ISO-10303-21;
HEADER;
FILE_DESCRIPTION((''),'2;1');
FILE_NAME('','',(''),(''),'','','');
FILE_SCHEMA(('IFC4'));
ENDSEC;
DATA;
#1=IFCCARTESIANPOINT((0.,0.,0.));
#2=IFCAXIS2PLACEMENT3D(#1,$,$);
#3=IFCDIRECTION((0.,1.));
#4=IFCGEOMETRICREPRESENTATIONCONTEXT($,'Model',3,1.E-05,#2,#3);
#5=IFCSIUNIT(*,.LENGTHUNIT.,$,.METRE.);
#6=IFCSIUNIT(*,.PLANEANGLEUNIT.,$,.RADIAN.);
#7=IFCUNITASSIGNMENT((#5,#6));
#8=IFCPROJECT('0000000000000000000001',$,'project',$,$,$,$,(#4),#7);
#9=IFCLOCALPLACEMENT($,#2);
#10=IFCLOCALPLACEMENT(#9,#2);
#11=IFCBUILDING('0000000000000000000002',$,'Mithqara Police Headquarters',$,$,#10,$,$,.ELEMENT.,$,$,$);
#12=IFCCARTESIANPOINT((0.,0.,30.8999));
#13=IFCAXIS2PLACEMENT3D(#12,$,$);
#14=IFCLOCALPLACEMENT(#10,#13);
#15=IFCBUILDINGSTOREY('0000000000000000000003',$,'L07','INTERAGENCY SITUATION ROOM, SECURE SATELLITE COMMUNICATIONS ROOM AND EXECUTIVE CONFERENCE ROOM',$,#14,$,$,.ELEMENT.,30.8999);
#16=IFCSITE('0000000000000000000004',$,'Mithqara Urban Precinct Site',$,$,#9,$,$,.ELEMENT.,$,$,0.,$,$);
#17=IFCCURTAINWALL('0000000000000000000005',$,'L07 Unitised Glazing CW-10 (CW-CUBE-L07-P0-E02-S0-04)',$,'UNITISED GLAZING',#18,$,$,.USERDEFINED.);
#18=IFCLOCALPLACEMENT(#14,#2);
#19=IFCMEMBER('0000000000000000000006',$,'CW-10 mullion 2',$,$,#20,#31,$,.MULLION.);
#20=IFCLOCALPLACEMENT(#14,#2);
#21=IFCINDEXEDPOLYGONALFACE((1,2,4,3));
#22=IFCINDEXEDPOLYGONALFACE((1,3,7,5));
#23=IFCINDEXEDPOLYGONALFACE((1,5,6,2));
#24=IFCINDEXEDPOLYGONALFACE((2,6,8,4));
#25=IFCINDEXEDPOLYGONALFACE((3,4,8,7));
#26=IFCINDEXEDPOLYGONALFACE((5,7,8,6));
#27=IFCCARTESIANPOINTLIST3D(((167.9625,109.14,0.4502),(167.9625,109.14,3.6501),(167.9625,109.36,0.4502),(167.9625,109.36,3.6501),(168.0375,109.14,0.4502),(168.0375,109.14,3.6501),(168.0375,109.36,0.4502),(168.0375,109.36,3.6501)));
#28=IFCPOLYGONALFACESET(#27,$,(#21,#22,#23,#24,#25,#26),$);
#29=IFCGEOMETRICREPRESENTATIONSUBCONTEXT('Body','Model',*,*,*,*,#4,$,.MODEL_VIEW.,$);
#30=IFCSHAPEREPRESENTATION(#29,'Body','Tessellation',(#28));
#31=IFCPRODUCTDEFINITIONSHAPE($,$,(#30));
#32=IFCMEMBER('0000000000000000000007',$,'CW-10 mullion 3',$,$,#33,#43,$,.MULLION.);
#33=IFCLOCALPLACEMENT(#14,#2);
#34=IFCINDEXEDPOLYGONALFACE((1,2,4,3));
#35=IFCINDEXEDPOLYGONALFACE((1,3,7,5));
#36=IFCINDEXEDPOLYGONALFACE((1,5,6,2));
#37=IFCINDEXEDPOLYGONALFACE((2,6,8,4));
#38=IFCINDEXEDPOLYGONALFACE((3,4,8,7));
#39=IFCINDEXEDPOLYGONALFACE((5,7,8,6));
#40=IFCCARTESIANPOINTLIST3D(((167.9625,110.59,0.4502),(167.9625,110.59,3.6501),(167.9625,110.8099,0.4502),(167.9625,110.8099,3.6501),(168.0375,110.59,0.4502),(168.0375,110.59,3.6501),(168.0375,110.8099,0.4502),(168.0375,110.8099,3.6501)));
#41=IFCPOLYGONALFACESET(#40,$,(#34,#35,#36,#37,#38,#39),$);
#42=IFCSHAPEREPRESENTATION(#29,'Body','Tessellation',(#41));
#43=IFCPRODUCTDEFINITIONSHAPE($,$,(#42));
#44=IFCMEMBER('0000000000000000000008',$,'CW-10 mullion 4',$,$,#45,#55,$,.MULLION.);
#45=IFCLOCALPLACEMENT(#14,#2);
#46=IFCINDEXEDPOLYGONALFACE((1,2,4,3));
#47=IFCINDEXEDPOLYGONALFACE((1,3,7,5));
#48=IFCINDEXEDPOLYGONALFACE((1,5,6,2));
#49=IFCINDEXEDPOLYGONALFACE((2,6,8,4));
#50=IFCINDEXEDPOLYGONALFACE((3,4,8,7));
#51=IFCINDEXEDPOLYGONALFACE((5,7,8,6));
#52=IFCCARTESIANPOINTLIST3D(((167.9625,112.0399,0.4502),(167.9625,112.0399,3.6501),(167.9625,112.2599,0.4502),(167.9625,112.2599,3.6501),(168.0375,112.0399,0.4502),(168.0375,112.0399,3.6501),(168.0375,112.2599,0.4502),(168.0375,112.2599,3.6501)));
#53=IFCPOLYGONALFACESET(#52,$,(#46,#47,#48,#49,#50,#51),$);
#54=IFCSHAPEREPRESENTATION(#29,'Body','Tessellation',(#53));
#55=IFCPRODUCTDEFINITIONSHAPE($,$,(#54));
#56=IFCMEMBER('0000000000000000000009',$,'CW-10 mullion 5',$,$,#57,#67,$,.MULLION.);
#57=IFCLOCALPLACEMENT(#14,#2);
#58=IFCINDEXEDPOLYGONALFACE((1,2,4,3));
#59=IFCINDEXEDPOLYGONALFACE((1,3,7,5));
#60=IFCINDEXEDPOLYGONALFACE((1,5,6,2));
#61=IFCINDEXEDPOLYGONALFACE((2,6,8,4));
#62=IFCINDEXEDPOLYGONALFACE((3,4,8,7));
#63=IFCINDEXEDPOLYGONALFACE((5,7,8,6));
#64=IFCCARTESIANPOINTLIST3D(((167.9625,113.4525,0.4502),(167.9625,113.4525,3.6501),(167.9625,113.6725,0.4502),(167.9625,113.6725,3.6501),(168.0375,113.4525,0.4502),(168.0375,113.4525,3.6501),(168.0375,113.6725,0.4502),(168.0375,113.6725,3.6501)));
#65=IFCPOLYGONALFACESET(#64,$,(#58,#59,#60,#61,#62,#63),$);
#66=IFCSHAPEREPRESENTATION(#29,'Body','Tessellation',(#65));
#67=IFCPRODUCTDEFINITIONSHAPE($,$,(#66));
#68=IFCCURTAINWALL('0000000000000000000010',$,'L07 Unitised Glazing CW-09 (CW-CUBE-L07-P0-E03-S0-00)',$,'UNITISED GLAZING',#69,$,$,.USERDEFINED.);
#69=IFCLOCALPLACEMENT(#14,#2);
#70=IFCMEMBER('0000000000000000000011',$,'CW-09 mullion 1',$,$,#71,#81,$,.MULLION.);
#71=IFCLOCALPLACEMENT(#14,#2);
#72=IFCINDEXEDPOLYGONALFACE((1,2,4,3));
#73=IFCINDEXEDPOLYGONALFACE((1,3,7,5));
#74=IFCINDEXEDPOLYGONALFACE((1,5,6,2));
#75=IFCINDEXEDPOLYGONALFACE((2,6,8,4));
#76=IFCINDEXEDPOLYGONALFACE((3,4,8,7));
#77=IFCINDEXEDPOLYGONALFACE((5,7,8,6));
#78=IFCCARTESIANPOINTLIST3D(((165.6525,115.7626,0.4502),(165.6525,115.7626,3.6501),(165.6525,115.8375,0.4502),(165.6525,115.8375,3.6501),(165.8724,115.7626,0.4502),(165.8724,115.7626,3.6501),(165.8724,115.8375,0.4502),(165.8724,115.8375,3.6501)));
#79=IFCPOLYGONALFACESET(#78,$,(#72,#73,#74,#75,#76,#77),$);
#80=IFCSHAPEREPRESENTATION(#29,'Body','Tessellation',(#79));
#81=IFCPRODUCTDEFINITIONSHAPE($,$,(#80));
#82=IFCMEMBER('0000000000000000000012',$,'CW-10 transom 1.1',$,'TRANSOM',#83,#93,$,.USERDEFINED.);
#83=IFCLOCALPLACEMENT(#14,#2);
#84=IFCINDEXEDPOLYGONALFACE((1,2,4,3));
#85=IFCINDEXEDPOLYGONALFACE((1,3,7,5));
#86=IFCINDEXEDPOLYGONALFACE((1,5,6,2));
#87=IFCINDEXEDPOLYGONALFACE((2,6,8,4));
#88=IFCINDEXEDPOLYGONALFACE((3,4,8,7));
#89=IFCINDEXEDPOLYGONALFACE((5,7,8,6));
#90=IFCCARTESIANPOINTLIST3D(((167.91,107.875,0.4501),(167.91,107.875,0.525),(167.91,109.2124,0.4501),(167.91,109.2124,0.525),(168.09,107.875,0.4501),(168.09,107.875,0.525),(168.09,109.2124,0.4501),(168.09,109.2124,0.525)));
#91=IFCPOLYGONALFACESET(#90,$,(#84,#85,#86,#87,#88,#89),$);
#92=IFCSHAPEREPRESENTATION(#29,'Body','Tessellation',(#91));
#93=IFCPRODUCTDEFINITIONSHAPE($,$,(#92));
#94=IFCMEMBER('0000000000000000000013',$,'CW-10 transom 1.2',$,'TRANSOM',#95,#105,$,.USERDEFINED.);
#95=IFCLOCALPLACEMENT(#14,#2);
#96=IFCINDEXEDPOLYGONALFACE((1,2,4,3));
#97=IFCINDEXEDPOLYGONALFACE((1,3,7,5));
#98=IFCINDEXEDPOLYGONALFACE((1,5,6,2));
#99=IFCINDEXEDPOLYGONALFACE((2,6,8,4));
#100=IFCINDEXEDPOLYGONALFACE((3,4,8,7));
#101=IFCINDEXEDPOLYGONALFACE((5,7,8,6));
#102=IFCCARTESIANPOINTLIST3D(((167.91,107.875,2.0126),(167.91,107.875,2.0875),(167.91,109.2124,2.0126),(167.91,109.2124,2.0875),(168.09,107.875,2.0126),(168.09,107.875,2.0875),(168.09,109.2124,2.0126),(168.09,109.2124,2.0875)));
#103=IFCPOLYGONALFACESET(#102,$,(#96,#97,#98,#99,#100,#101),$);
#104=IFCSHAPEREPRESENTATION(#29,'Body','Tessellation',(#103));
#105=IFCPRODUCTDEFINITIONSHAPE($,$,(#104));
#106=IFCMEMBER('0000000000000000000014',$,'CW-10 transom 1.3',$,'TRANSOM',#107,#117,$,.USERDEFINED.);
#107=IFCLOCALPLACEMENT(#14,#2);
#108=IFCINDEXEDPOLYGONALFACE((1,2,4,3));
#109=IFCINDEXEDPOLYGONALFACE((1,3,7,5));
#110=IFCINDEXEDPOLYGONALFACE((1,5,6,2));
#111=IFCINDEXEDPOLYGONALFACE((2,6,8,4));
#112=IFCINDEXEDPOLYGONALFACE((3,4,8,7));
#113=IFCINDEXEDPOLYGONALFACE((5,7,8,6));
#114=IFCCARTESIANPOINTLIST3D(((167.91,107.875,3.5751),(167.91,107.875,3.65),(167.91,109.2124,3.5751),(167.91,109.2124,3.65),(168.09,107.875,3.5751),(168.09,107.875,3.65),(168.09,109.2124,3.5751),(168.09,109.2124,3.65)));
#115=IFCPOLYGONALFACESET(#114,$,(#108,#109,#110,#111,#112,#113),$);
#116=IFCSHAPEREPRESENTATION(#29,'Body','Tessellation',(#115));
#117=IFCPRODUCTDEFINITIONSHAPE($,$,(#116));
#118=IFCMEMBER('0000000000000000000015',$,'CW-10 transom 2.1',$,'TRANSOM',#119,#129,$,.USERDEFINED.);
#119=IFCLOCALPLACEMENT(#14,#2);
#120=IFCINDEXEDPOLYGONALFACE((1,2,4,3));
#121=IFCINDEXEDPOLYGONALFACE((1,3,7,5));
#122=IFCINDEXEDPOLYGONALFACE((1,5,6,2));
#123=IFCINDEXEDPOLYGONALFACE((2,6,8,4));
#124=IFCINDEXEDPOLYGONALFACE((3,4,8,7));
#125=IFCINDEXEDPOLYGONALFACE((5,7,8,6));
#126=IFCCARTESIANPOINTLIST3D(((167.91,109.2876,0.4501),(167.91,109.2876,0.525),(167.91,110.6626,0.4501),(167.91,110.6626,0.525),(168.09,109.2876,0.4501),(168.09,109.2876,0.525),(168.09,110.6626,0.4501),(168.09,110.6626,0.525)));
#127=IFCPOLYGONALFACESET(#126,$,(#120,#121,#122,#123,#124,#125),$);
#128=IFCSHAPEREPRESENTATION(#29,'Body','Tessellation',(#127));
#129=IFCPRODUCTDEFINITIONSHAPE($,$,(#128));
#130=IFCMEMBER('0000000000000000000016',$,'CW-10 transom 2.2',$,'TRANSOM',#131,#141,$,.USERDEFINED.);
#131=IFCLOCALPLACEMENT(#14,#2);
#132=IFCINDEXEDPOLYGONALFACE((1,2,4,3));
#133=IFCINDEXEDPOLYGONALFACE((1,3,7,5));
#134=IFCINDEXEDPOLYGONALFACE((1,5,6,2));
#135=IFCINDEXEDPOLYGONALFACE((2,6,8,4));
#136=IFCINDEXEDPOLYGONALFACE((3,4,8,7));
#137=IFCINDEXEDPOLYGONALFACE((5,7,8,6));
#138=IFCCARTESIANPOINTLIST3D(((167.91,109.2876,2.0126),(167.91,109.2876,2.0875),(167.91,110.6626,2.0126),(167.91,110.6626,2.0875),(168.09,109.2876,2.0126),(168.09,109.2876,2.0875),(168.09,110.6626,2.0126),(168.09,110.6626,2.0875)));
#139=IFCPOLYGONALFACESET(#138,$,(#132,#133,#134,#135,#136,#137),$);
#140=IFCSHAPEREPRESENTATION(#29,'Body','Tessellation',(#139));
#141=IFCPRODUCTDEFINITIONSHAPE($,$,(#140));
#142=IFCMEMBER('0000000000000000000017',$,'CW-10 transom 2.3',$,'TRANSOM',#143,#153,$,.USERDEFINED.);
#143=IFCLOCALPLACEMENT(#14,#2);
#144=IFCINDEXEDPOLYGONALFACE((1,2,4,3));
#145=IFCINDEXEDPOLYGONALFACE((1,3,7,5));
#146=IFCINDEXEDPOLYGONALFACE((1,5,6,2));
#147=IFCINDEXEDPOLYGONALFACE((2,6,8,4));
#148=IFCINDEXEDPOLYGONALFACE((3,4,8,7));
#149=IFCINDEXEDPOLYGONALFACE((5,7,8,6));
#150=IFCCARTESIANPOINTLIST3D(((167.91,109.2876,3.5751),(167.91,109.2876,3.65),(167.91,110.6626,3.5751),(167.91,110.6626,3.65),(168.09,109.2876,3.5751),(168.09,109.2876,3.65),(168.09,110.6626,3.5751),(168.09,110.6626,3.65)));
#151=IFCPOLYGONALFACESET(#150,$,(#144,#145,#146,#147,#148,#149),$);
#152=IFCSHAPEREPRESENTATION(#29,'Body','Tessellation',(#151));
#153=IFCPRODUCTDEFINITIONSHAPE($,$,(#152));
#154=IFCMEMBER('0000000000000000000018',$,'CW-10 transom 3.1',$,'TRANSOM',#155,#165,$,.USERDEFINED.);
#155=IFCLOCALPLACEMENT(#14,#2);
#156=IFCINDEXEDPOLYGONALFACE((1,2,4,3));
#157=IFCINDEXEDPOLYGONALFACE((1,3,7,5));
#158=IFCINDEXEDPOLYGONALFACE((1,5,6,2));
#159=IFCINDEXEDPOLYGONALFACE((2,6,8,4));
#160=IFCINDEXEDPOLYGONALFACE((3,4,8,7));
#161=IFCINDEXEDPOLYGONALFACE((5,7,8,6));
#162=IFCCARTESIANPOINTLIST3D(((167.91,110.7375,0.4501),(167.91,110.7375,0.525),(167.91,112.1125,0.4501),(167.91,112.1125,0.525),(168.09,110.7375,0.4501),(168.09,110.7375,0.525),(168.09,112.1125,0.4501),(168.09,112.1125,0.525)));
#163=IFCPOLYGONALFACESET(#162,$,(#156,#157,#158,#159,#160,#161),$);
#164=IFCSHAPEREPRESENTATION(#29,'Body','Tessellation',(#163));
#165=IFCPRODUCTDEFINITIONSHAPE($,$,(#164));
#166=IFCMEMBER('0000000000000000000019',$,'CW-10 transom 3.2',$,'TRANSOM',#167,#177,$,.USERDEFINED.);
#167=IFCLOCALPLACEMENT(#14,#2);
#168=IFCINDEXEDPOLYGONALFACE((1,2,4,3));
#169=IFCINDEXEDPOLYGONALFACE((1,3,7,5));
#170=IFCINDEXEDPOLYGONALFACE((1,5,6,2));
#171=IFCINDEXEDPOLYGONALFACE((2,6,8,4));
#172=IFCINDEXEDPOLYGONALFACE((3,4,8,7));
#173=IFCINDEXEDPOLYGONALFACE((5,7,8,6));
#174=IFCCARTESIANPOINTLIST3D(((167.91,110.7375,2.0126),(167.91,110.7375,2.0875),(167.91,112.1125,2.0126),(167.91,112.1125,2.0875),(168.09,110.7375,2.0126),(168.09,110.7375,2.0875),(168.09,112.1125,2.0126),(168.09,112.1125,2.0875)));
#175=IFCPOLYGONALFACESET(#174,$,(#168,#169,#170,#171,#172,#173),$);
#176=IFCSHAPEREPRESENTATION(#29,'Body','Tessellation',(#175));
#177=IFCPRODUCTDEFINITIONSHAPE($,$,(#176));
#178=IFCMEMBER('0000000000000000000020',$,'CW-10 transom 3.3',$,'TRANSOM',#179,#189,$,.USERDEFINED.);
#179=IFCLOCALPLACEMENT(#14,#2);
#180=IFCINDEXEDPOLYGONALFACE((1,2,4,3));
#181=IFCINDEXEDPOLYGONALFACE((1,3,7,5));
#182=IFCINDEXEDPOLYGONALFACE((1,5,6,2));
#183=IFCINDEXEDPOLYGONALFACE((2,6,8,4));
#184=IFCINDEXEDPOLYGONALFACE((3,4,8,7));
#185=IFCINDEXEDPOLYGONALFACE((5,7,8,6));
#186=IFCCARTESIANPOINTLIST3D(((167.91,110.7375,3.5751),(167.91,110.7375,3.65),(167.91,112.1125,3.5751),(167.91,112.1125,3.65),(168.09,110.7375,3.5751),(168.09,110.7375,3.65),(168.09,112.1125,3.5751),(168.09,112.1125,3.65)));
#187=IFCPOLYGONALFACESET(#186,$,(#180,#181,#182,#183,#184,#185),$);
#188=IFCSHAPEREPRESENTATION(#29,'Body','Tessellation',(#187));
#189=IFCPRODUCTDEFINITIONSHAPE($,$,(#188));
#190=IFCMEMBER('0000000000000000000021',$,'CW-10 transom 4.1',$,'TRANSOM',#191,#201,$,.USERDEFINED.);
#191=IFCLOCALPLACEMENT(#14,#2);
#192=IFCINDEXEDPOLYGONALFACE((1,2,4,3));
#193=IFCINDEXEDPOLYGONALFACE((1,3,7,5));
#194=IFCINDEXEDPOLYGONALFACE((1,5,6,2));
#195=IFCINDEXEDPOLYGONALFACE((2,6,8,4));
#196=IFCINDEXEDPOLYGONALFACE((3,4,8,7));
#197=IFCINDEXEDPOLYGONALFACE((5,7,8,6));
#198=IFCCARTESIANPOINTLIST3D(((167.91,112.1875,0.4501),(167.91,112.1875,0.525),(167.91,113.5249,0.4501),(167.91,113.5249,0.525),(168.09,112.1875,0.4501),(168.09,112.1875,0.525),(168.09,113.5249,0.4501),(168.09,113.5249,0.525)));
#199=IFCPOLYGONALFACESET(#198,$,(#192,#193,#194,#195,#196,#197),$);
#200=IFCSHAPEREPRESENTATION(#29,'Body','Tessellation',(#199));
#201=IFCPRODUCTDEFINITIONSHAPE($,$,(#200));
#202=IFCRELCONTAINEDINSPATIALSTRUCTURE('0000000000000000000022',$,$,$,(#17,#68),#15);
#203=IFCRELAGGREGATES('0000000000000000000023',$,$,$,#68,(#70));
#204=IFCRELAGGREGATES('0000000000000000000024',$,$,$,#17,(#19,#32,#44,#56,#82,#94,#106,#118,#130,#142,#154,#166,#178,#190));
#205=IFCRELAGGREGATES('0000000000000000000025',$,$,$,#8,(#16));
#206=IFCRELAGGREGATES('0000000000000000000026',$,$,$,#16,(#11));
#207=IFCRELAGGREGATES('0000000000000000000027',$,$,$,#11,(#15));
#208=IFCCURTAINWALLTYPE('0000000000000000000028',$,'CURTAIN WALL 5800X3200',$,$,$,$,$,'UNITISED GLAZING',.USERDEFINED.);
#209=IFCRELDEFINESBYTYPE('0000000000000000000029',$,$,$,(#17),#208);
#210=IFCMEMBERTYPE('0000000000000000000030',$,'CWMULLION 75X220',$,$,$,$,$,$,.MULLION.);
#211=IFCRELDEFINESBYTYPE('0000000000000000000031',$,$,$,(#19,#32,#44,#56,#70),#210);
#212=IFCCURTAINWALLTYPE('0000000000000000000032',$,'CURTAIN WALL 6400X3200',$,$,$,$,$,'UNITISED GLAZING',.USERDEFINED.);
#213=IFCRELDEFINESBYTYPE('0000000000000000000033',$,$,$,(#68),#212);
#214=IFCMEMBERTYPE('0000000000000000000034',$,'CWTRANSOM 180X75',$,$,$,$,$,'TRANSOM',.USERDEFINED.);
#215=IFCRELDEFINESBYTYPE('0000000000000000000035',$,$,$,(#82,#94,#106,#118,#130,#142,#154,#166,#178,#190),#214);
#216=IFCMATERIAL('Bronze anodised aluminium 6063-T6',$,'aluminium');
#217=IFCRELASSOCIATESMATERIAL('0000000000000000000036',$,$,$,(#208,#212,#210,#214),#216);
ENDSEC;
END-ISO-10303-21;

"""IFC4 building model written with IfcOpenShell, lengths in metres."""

from ifc_helpers import new_model, si_unit, direction, frame, origin, origin_2d, place, context, subcontext, project, spatial, rectangle, extrude, material, material_profile, profile_set, type_object, element, aggregate, save


model = new_model("IFC4")

# Units and contexts
model_context = context("Model", 3, precision=1e-05, world=origin(), true_north=direction((0.0, 1.0)))
body_context = subcontext(model_context, "Body", "Model", "MODEL_VIEW")
ifc_project = project(units=[si_unit("LENGTHUNIT", "METRE"), si_unit("PLANEANGLEUNIT", "RADIAN")], contexts=[model_context])

# Site, building, storey
site_placement = place(None, origin())
site = spatial("IfcSite", under=ifc_project, at=site_placement, Name="Mithqara Urban Precinct Site", CompositionType="ELEMENT", RefElevation=0.0)
building_placement = place(site_placement, origin())
building = spatial("IfcBuilding", under=site, at=building_placement, Name="Mithqara Police Headquarters", CompositionType="ELEMENT")
storey_placement = place(building_placement, frame((0.0, 0.0, 30.8999)))
storey = spatial("IfcBuildingStorey", under=building, at=storey_placement, Name="L07", Description="INTERAGENCY SITUATION ROOM, SECURE SATELLITE COMMUNICATIONS ROOM AND EXECUTIVE CONFERENCE ROOM", CompositionType="ELEMENT", Elevation=30.8999)

# Curtain wall, members
ifc_material_1 = material(Name="Bronze anodised aluminium 6063-T6", Category="aluminium")
curtain_wall_type_1 = type_object("IfcCurtainWallType", Name="CURTAIN WALL 5800X3200", ElementType="UNITISED GLAZING", PredefinedType="USERDEFINED", material=ifc_material_1)
curtain_wall_1_placement = place(storey_placement, origin())
curtain_wall_1 = element("IfcCurtainWall", 1, at=curtain_wall_1_placement, inside=storey, type_object=curtain_wall_type_1, Name="L07 Unitised Glazing CW-10 (CW-CUBE-L07-P0-E02-S0-04)", ObjectType="UNITISED GLAZING", PredefinedType="USERDEFINED")
ifc_material_profile_1 = material_profile(ifc_material_1, rectangle(XDim=0.075, YDim=0.22, at=origin_2d()), Name="CWM 75x220")
ifc_profile_set_1 = profile_set([ifc_material_profile_1], Name="Bronze anodised aluminium 6063-T6")
member_type_1 = type_object("IfcMemberType", Name="CWMULLION 75X220", PredefinedType="MULLION", material=ifc_profile_set_1)
member_1_placement = place(storey_placement, frame((168.0, 109.25, 0.4502), z_axis=(0.0, 0.0, 1.0), x_axis=(-1.0, 0.0, 0.0)))
member_1 = element("IfcMember", 2, at=member_1_placement, type_object=member_type_1, Name="CW-10 mullion 2", PredefinedType="MULLION", context=body_context, shape_type="SweptSolid", body=[
    extrude(rectangle(XDim=0.075, YDim=0.22, at=origin_2d()), origin(), (0.0, 0.0, 1.0), 3.2),
])
member_2_placement = place(storey_placement, frame((168.0, 110.7, 0.4502), z_axis=(0.0, 0.0, 1.0), x_axis=(-1.0, 0.0, 0.0)))
member_2 = element("IfcMember", 3, at=member_2_placement, type_object=member_type_1, Name="CW-10 mullion 3", PredefinedType="MULLION", context=body_context, shape_type="SweptSolid", body=[
    extrude(rectangle(XDim=0.075, YDim=0.22, at=origin_2d()), origin(), (0.0, 0.0, 1.0), 3.2),
])
member_3_placement = place(storey_placement, frame((168.0, 112.1499, 0.4502), z_axis=(0.0, 0.0, 1.0), x_axis=(-1.0, 0.0, 0.0)))
member_3 = element("IfcMember", 4, at=member_3_placement, type_object=member_type_1, Name="CW-10 mullion 4", PredefinedType="MULLION", context=body_context, shape_type="SweptSolid", body=[
    extrude(rectangle(XDim=0.075, YDim=0.22, at=origin_2d()), origin(), (0.0, 0.0, 1.0), 3.2),
])
member_4_placement = place(storey_placement, frame((168.0, 113.5625, 0.4502), z_axis=(0.0, 0.0, 1.0), x_axis=(-1.0, 0.0, 0.0)))
member_4 = element("IfcMember", 5, at=member_4_placement, type_object=member_type_1, Name="CW-10 mullion 5", PredefinedType="MULLION", context=body_context, shape_type="SweptSolid", body=[
    extrude(rectangle(XDim=0.075, YDim=0.22, at=origin_2d()), origin(), (0.0, 0.0, 1.0), 3.2),
])

# Curtain wall, member
curtain_wall_type_2 = type_object("IfcCurtainWallType", Name="CURTAIN WALL 6400X3200", ElementType="UNITISED GLAZING", PredefinedType="USERDEFINED", material=ifc_material_1)
curtain_wall_2_placement = place(storey_placement, origin())
curtain_wall_2 = element("IfcCurtainWall", 6, at=curtain_wall_2_placement, inside=storey, type_object=curtain_wall_type_2, Name="L07 Unitised Glazing CW-09 (CW-CUBE-L07-P0-E03-S0-00)", ObjectType="UNITISED GLAZING", PredefinedType="USERDEFINED")
member_5_placement = place(storey_placement, frame((165.7625, 115.8, 0.4502), z_axis=(0.0, 0.0, 1.0), x_axis=(0.0, -1.0, 0.0)))
member_5 = element("IfcMember", 7, at=member_5_placement, type_object=member_type_1, Name="CW-09 mullion 1", PredefinedType="MULLION", context=body_context, shape_type="SweptSolid", body=[
    extrude(rectangle(XDim=0.075, YDim=0.22, at=origin_2d()), origin(), (0.0, 0.0, 1.0), 3.2),
])

# Members
ifc_material_profile_2 = material_profile(ifc_material_1, rectangle(XDim=0.1799, YDim=0.075, at=origin_2d()), Name="CWT 180x75")
ifc_profile_set_2 = profile_set([ifc_material_profile_2], Name="Bronze anodised aluminium 6063-T6")
member_type_2 = type_object("IfcMemberType", Name="CWTRANSOM 180X75", ElementType="TRANSOM", PredefinedType="USERDEFINED", material=ifc_profile_set_2)
member_6_placement = place(storey_placement, frame((168.0, 107.875, 0.4875), z_axis=(0.0, 1.0, 0.0), x_axis=(-1.0, 0.0, 0.0)))
member_6 = element("IfcMember", 8, at=member_6_placement, type_object=member_type_2, Name="CW-10 transom 1.1", ObjectType="TRANSOM", PredefinedType="USERDEFINED", context=body_context, shape_type="SweptSolid", body=[
    extrude(rectangle(XDim=0.1799, YDim=0.075, at=origin_2d()), origin(), (0.0, 0.0, 1.0), 1.3374),
])
member_7_placement = place(storey_placement, frame((168.0, 107.875, 2.05), z_axis=(0.0, 1.0, 0.0), x_axis=(-1.0, 0.0, 0.0)))
member_7 = element("IfcMember", 9, at=member_7_placement, type_object=member_type_2, Name="CW-10 transom 1.2", ObjectType="TRANSOM", PredefinedType="USERDEFINED", context=body_context, shape_type="SweptSolid", body=[
    extrude(rectangle(XDim=0.1799, YDim=0.075, at=origin_2d()), origin(), (0.0, 0.0, 1.0), 1.3374),
])
member_8_placement = place(storey_placement, frame((168.0, 107.875, 3.6125), z_axis=(0.0, 1.0, 0.0), x_axis=(-1.0, 0.0, 0.0)))
member_8 = element("IfcMember", 10, at=member_8_placement, type_object=member_type_2, Name="CW-10 transom 1.3", ObjectType="TRANSOM", PredefinedType="USERDEFINED", context=body_context, shape_type="SweptSolid", body=[
    extrude(rectangle(XDim=0.1799, YDim=0.075, at=origin_2d()), origin(), (0.0, 0.0, 1.0), 1.3374),
])
member_9_placement = place(storey_placement, frame((168.0, 109.2876, 0.4875), z_axis=(0.0, 1.0, 0.0), x_axis=(-1.0, 0.0, 0.0)))
member_9 = element("IfcMember", 11, at=member_9_placement, type_object=member_type_2, Name="CW-10 transom 2.1", ObjectType="TRANSOM", PredefinedType="USERDEFINED", context=body_context, shape_type="SweptSolid", body=[
    extrude(rectangle(XDim=0.1799, YDim=0.075, at=origin_2d()), origin(), (0.0, 0.0, 1.0), 1.375),
])
member_10_placement = place(storey_placement, frame((168.0, 109.2876, 2.05), z_axis=(0.0, 1.0, 0.0), x_axis=(-1.0, 0.0, 0.0)))
member_10 = element("IfcMember", 12, at=member_10_placement, type_object=member_type_2, Name="CW-10 transom 2.2", ObjectType="TRANSOM", PredefinedType="USERDEFINED", context=body_context, shape_type="SweptSolid", body=[
    extrude(rectangle(XDim=0.1799, YDim=0.075, at=origin_2d()), origin(), (0.0, 0.0, 1.0), 1.375),
])
member_11_placement = place(storey_placement, frame((168.0, 109.2876, 3.6125), z_axis=(0.0, 1.0, 0.0), x_axis=(-1.0, 0.0, 0.0)))
member_11 = element("IfcMember", 13, at=member_11_placement, type_object=member_type_2, Name="CW-10 transom 2.3", ObjectType="TRANSOM", PredefinedType="USERDEFINED", context=body_context, shape_type="SweptSolid", body=[
    extrude(rectangle(XDim=0.1799, YDim=0.075, at=origin_2d()), origin(), (0.0, 0.0, 1.0), 1.375),
])
member_12_placement = place(storey_placement, frame((168.0, 110.7375, 0.4875), z_axis=(0.0, 1.0, 0.0), x_axis=(-1.0, 0.0, 0.0)))
member_12 = element("IfcMember", 14, at=member_12_placement, type_object=member_type_2, Name="CW-10 transom 3.1", ObjectType="TRANSOM", PredefinedType="USERDEFINED", context=body_context, shape_type="SweptSolid", body=[
    extrude(rectangle(XDim=0.1799, YDim=0.075, at=origin_2d()), origin(), (0.0, 0.0, 1.0), 1.375),
])
member_13_placement = place(storey_placement, frame((168.0, 110.7375, 2.05), z_axis=(0.0, 1.0, 0.0), x_axis=(-1.0, 0.0, 0.0)))
member_13 = element("IfcMember", 15, at=member_13_placement, type_object=member_type_2, Name="CW-10 transom 3.2", ObjectType="TRANSOM", PredefinedType="USERDEFINED", context=body_context, shape_type="SweptSolid", body=[
    extrude(rectangle(XDim=0.1799, YDim=0.075, at=origin_2d()), origin(), (0.0, 0.0, 1.0), 1.375),
])
member_14_placement = place(storey_placement, frame((168.0, 110.7375, 3.6125), z_axis=(0.0, 1.0, 0.0), x_axis=(-1.0, 0.0, 0.0)))
member_14 = element("IfcMember", 16, at=member_14_placement, type_object=member_type_2, Name="CW-10 transom 3.3", ObjectType="TRANSOM", PredefinedType="USERDEFINED", context=body_context, shape_type="SweptSolid", body=[
    extrude(rectangle(XDim=0.1799, YDim=0.075, at=origin_2d()), origin(), (0.0, 0.0, 1.0), 1.375),
])
member_15_placement = place(storey_placement, frame((168.0, 112.1875, 0.4875), z_axis=(0.0, 1.0, 0.0), x_axis=(-1.0, 0.0, 0.0)))
member_15 = element("IfcMember", 17, at=member_15_placement, type_object=member_type_2, Name="CW-10 transom 4.1", ObjectType="TRANSOM", PredefinedType="USERDEFINED", context=body_context, shape_type="SweptSolid", body=[
    extrude(rectangle(XDim=0.1799, YDim=0.075, at=origin_2d()), origin(), (0.0, 0.0, 1.0), 1.3374),
])
aggregate(curtain_wall_2, [member_5])

aggregate(curtain_wall_1, [member_1, member_2, member_3, member_4, member_6, member_7, member_8, member_9, member_10, member_11, member_12, member_13, member_14, member_15])

save(model, "model.ifc")
